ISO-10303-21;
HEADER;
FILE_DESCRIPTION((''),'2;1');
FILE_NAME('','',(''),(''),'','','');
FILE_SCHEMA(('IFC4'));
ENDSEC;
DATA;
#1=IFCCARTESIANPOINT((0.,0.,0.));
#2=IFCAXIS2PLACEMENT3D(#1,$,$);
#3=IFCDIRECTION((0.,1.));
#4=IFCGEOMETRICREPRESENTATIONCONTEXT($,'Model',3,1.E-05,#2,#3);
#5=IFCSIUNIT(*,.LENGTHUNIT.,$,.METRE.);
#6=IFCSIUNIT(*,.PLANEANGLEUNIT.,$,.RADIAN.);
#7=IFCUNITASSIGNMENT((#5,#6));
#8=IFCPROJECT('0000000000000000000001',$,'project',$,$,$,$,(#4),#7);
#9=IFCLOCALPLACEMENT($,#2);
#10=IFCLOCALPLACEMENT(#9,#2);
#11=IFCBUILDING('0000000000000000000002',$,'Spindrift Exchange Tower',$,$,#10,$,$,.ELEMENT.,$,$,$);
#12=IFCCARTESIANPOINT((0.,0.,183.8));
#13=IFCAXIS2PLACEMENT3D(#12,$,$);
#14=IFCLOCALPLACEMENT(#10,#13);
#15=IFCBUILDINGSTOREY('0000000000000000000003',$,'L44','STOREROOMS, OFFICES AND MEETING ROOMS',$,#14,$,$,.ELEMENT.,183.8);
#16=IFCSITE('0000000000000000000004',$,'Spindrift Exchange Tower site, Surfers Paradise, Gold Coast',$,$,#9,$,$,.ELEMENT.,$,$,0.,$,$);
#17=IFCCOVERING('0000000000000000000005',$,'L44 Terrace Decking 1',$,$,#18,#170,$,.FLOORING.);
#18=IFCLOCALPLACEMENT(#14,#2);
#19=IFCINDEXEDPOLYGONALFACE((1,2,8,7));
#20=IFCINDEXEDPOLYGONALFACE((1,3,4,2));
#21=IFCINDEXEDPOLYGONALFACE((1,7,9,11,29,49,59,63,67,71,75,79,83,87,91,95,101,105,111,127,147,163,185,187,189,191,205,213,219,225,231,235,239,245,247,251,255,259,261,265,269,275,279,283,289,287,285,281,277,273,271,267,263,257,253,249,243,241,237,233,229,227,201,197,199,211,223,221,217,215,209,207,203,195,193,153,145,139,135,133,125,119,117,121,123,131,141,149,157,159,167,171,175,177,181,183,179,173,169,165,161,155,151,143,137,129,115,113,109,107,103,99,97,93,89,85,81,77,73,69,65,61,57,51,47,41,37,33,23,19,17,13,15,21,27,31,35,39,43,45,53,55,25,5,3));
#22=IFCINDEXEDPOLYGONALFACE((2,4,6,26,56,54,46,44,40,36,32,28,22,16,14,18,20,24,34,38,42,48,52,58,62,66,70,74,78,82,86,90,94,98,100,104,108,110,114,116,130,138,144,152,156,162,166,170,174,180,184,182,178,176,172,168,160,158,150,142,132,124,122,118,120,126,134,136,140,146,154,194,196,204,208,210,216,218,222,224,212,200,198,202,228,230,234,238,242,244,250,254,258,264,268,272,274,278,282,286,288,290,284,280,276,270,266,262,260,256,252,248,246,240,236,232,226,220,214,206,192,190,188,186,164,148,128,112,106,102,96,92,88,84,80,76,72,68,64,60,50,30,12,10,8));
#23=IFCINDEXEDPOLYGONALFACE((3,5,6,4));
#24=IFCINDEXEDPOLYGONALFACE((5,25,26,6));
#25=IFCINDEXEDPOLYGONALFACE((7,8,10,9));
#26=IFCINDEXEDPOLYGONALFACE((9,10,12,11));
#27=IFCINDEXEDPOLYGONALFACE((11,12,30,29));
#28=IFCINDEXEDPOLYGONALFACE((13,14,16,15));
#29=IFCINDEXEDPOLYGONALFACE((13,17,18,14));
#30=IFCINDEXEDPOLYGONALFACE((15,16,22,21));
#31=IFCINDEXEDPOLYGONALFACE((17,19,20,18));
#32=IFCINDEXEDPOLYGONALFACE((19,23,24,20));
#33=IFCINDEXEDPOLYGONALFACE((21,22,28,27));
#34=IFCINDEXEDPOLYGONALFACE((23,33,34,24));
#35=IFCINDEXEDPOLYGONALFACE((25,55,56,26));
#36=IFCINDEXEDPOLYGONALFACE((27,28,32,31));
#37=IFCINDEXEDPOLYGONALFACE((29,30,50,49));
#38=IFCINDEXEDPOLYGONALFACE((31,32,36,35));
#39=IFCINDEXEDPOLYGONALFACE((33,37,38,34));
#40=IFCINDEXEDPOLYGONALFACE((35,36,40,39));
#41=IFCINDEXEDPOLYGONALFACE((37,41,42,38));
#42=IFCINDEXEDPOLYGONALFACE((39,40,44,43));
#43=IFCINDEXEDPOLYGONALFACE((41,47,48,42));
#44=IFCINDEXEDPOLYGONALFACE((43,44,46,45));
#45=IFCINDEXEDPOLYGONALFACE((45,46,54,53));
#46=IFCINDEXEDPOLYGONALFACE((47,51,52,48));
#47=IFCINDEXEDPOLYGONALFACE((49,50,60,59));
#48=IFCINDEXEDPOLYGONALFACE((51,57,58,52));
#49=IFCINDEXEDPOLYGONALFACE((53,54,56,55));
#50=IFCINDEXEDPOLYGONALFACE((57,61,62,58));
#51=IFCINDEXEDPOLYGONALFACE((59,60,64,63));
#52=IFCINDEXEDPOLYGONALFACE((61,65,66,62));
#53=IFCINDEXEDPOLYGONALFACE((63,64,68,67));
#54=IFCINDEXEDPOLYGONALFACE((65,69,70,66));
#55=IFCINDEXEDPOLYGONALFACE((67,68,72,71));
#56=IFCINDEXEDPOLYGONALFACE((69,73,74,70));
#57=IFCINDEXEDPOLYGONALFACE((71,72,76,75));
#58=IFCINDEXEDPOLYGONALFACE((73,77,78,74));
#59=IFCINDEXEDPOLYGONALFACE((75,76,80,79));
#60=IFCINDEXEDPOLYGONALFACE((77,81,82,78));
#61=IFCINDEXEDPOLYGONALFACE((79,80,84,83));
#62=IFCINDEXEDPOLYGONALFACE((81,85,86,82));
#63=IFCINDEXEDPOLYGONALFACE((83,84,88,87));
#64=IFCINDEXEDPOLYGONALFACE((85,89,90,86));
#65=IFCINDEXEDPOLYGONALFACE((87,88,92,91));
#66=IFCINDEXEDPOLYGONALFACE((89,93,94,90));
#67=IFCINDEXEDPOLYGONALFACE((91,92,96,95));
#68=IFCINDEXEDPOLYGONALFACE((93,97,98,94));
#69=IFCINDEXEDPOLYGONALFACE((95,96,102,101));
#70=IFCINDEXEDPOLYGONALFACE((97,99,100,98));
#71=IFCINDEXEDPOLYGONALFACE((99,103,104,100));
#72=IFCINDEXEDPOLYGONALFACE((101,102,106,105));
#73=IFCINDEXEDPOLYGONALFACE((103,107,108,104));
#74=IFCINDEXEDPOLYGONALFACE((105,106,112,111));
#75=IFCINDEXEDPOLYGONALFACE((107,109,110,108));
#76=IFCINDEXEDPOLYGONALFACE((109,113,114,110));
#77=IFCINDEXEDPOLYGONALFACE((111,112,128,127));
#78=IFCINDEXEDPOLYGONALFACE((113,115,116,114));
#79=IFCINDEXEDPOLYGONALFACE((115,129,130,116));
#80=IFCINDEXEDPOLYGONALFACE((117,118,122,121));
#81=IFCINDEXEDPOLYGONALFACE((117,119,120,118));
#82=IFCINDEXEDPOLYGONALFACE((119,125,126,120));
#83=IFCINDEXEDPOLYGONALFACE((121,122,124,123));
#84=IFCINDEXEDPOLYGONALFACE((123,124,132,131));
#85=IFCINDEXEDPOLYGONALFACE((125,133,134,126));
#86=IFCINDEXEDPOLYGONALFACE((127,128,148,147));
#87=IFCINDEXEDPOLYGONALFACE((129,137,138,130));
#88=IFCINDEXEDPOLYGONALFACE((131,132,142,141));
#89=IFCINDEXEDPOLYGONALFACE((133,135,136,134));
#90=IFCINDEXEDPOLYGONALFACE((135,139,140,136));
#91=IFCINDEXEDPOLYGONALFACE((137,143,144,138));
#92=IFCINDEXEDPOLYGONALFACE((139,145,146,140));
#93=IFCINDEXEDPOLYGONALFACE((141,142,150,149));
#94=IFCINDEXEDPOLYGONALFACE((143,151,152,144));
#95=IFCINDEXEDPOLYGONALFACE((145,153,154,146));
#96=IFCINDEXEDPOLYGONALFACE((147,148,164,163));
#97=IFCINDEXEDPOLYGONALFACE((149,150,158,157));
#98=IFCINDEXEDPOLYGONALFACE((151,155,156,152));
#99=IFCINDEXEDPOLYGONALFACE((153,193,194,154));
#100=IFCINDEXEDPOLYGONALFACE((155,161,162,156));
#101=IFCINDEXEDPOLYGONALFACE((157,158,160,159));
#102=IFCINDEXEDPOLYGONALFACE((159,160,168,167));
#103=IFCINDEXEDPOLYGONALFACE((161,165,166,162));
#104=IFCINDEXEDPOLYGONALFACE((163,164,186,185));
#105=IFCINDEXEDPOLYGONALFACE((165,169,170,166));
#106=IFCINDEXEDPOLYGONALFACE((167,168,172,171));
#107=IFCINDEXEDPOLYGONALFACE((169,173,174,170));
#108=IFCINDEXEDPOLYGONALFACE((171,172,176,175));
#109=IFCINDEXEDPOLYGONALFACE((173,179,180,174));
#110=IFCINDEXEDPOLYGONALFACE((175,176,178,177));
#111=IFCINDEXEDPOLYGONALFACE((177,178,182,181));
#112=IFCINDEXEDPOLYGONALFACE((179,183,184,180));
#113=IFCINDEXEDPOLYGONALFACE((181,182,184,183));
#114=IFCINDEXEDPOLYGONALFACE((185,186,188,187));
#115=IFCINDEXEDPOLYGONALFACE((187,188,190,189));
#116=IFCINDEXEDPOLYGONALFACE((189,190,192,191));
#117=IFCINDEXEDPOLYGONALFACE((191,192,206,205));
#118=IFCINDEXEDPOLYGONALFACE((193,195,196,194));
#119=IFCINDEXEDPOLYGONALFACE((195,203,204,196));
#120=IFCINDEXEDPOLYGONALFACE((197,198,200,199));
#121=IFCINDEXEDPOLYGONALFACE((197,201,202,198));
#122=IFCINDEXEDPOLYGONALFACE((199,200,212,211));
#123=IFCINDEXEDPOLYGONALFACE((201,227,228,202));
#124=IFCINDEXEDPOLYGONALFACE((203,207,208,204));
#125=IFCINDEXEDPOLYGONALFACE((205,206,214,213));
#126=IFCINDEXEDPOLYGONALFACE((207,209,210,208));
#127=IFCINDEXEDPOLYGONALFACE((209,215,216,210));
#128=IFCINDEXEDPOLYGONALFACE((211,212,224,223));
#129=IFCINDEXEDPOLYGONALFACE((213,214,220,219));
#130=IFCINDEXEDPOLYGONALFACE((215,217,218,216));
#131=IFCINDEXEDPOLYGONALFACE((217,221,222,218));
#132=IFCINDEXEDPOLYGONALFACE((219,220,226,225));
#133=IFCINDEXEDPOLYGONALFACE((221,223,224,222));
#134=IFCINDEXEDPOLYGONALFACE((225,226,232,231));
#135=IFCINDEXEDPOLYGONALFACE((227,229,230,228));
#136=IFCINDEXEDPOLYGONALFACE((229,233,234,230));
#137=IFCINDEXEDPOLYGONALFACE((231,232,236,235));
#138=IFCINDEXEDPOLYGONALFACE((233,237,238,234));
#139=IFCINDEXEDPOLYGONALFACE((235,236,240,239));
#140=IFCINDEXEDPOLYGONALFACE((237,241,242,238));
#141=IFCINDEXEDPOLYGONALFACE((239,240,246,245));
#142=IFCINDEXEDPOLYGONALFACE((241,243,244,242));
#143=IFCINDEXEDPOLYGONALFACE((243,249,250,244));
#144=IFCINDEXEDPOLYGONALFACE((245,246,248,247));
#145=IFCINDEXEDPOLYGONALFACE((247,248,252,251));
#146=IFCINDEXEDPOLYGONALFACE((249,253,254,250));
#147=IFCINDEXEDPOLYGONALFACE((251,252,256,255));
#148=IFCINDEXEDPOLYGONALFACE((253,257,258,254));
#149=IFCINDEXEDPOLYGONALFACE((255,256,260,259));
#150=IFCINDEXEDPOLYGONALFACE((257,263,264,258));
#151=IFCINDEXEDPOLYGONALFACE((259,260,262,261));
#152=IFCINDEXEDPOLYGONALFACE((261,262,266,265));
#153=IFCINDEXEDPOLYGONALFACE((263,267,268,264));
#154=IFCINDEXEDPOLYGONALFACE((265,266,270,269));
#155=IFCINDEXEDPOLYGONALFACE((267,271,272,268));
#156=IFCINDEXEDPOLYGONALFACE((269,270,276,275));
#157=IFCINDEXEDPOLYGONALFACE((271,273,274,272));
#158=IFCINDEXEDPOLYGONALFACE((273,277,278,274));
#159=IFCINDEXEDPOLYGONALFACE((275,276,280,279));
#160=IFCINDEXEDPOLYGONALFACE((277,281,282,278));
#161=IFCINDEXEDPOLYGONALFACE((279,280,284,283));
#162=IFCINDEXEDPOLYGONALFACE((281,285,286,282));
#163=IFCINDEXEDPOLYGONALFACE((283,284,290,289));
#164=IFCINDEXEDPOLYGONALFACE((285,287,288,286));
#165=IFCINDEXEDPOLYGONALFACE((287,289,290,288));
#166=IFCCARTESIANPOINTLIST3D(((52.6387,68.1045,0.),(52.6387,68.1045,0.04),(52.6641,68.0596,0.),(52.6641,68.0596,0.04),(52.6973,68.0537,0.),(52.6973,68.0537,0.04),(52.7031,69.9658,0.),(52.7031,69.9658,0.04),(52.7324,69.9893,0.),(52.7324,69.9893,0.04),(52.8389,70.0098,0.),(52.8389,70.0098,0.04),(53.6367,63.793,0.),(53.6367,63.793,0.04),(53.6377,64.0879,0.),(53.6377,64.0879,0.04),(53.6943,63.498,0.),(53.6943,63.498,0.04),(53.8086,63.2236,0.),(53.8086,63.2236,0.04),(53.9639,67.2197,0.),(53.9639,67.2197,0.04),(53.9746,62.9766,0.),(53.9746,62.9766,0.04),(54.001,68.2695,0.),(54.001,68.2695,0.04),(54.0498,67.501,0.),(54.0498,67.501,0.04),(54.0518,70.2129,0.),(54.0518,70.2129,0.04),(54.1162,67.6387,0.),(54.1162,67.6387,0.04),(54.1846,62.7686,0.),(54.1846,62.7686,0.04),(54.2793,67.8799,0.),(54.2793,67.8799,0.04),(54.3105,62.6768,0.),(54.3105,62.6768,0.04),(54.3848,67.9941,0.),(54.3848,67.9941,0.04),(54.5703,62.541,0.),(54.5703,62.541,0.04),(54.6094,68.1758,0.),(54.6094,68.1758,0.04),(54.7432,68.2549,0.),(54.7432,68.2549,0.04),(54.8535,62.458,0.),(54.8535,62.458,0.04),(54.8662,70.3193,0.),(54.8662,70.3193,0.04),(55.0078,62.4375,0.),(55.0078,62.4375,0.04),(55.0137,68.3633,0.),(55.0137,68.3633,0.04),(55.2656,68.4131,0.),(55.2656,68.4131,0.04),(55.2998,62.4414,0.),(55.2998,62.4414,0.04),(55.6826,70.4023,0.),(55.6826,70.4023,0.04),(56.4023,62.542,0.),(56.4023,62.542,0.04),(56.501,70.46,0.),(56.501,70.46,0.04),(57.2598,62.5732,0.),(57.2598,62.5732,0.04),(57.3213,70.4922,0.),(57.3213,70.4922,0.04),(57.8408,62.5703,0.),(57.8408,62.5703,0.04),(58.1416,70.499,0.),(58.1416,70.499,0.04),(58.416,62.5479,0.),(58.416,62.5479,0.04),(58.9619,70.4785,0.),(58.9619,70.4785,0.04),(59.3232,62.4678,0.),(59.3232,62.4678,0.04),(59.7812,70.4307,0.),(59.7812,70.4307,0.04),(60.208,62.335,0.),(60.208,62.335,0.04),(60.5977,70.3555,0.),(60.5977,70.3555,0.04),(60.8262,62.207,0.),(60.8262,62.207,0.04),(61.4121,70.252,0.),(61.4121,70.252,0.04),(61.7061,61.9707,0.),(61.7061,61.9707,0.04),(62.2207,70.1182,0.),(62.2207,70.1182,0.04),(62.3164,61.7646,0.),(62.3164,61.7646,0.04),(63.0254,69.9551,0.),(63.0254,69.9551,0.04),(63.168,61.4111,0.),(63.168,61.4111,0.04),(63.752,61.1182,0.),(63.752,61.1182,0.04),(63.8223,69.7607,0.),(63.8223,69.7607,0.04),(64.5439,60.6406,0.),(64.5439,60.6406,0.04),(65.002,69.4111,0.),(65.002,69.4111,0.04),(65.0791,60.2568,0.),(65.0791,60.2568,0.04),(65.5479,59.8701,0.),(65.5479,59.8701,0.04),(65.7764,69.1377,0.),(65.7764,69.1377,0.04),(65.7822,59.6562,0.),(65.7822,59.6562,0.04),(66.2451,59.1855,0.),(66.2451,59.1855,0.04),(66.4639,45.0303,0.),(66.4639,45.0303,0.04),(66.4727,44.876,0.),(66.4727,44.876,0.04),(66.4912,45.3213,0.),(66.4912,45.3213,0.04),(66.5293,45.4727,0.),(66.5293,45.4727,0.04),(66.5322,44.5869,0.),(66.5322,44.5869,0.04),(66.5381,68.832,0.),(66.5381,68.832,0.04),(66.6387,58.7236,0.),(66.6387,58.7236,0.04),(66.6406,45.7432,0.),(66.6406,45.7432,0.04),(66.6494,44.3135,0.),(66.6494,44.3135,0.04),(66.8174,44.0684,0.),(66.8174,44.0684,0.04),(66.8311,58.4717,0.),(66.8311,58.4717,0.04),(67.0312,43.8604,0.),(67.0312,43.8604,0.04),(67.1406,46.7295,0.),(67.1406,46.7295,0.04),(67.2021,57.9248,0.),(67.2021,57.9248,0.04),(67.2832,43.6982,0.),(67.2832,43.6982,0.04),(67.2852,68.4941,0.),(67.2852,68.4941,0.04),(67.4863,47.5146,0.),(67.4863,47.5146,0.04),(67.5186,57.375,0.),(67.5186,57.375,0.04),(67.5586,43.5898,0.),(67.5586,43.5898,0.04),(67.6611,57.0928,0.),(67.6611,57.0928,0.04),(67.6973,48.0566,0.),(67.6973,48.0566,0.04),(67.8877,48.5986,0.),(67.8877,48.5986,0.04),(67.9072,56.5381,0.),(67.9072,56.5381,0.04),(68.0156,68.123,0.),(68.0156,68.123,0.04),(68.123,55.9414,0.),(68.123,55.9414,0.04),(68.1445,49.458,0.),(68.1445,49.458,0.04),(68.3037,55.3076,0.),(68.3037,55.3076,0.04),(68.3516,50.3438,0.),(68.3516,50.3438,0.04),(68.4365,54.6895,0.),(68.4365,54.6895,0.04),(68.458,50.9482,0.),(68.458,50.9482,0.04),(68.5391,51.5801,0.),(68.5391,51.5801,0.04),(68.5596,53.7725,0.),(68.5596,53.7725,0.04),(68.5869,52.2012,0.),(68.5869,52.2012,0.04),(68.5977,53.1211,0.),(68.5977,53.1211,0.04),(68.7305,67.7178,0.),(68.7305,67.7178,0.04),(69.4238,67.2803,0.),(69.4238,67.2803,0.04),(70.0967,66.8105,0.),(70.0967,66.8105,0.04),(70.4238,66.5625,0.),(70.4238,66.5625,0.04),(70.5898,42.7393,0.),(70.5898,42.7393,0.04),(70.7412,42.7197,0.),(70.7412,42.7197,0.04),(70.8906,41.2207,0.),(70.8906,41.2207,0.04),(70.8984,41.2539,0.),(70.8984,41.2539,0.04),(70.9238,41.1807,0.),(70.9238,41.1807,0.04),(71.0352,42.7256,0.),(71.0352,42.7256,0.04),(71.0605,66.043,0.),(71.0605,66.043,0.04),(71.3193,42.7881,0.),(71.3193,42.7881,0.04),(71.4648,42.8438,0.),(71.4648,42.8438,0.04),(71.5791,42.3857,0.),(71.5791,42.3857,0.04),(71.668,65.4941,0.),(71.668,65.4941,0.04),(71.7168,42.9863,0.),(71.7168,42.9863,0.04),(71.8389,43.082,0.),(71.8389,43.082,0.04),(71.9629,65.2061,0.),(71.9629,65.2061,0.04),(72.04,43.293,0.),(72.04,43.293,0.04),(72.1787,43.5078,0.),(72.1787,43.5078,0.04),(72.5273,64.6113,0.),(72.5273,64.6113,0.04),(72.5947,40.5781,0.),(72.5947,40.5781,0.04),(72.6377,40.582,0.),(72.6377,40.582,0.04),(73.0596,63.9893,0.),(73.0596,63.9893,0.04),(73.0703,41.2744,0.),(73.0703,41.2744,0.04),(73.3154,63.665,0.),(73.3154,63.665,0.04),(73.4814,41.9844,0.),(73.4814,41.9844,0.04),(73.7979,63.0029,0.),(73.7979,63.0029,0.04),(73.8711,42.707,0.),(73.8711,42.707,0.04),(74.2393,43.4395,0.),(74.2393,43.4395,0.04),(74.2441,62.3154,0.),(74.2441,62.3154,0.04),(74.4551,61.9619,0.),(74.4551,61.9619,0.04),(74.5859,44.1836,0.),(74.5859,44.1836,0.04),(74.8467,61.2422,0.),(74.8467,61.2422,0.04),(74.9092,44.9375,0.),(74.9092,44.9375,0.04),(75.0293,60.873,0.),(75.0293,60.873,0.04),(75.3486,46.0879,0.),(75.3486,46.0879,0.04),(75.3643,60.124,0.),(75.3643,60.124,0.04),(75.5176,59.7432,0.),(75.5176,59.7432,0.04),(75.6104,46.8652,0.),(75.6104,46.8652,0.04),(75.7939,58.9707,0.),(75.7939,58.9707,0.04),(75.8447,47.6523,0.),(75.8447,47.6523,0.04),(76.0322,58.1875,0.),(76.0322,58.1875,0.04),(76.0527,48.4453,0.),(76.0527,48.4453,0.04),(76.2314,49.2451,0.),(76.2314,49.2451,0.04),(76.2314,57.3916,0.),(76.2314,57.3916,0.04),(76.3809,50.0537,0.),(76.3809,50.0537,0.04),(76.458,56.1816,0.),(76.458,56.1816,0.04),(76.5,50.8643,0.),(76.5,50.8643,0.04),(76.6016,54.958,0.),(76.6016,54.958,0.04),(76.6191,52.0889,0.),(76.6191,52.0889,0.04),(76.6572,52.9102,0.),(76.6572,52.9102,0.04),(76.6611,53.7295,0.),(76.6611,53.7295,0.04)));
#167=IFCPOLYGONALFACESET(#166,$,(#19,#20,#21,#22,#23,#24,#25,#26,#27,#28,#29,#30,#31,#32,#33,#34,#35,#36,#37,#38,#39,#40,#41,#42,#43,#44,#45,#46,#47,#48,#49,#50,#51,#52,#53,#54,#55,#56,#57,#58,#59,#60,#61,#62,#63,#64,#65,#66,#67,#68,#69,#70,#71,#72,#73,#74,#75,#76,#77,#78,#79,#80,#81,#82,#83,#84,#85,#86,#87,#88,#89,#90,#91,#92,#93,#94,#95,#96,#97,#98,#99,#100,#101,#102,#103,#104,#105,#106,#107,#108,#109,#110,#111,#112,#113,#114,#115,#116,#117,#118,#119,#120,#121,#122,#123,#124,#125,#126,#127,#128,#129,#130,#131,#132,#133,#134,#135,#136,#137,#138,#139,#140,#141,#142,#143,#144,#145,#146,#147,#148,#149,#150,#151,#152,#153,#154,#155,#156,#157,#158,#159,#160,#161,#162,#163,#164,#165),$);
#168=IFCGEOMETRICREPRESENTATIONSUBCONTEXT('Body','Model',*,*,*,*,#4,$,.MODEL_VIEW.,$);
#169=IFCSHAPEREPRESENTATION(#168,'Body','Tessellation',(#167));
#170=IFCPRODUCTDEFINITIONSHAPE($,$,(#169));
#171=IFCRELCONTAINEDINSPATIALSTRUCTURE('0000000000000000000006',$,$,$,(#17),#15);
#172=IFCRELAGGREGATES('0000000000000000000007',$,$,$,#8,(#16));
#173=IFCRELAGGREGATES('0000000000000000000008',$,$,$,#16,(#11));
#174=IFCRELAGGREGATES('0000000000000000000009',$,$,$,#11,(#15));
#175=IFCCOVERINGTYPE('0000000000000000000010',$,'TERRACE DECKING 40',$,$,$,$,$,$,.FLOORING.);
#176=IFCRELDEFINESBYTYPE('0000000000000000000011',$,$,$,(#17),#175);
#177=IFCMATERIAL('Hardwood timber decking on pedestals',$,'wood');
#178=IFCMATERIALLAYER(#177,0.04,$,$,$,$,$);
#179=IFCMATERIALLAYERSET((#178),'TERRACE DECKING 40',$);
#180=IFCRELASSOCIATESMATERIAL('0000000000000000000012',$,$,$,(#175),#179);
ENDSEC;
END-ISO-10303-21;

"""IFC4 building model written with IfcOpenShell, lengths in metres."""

from ifc_helpers import new_model, si_unit, direction, frame, origin, place, context, subcontext, project, spatial, line, indexed_curve, outline, extrude, material, layer, layer_set, type_object, element, save


model = new_model("IFC4")

# Units and contexts
model_context = context("Model", 3, precision=1e-05, world=origin(), true_north=direction((0.0, 1.0)))
body_context = subcontext(model_context, "Body", "Model", "MODEL_VIEW")
ifc_project = project(units=[si_unit("LENGTHUNIT", "METRE"), si_unit("PLANEANGLEUNIT", "RADIAN")], contexts=[model_context])

# Site, building, storey
site_placement = place(None, origin())
site = spatial("IfcSite", under=ifc_project, at=site_placement, Name="Spindrift Exchange Tower site, Surfers Paradise, Gold Coast", CompositionType="ELEMENT", RefElevation=0.0)
building_placement = place(site_placement, origin())
building = spatial("IfcBuilding", under=site, at=building_placement, Name="Spindrift Exchange Tower", CompositionType="ELEMENT")
storey_placement = place(building_placement, frame((0.0, 0.0, 183.8)))
storey = spatial("IfcBuildingStorey", under=building, at=storey_placement, Name="L44", Description="STOREROOMS, OFFICES AND MEETING ROOMS", CompositionType="ELEMENT", Elevation=183.8)

# Covering
ifc_material_1 = material(Name="Hardwood timber decking on pedestals", Category="wood")
ifc_layer_1 = layer(ifc_material_1, 0.04)
ifc_layer_set_1 = layer_set([ifc_layer_1], Name="TERRACE DECKING 40")
covering_type_1 = type_object("IfcCoveringType", Name="TERRACE DECKING 40", PredefinedType="FLOORING", material=ifc_layer_set_1)
covering_1_placement = place(storey_placement, origin())
element("IfcCovering", 1, at=covering_1_placement, inside=storey, type_object=covering_type_1, Name="L44 Terrace Decking 1", PredefinedType="FLOORING", context=body_context, shape_type="SweptSolid", body=[
    extrude(outline(indexed_curve([(55.2656, 68.4131), (54.001, 68.2695), (52.6973, 68.0537), (52.6641, 68.0596), (52.6387, 68.1045), (52.7031, 69.9658), (52.7324, 69.9893), (52.8389, 70.0098), (54.0518, 70.2129), (54.8662, 70.3193), (55.6826, 70.4023), (56.501, 70.46), (57.3213, 70.4922), (58.1416, 70.499), (58.9619, 70.4785), (59.7812, 70.4307), (60.5977, 70.3555), (61.4121, 70.252), (62.2207, 70.1182), (63.0254, 69.9551), (63.8223, 69.7607), (65.002, 69.4111), (65.7764, 69.1377), (66.5381, 68.832), (67.2852, 68.4941), (68.0156, 68.123), (68.7305, 67.7178), (69.4238, 67.2803), (70.0967, 66.8105), (70.4238, 66.5625), (71.0605, 66.043), (71.668, 65.4941), (71.9629, 65.2061), (72.5273, 64.6113), (73.0596, 63.9893), (73.3154, 63.665), (73.7979, 63.0029), (74.2441, 62.3154), (74.4551, 61.9619), (74.8467, 61.2422), (75.0293, 60.873), (75.3643, 60.124), (75.5176, 59.7432), (75.7939, 58.9707), (76.0322, 58.1875), (76.2314, 57.3916), (76.458, 56.1816), (76.6016, 54.958), (76.6611, 53.7295), (76.6572, 52.9102), (76.6191, 52.0889), (76.5, 50.8643), (76.3809, 50.0537), (76.2314, 49.2451), (76.0527, 48.4453), (75.8447, 47.6523), (75.6104, 46.8652), (75.3486, 46.0879), (74.9092, 44.9375), (74.5859, 44.1836), (74.2393, 43.4395), (73.8711, 42.707), (73.4814, 41.9844), (73.0703, 41.2744), (72.6377, 40.582), (72.5947, 40.5781), (70.9238, 41.1807), (70.8906, 41.2207), (70.8984, 41.2539), (71.5791, 42.3857), (72.1787, 43.5078), (72.04, 43.293), (71.8389, 43.082), (71.7168, 42.9863), (71.4648, 42.8438), (71.3193, 42.7881), (71.0352, 42.7256), (70.7412, 42.7197), (70.5898, 42.7393), (67.5586, 43.5898), (67.2832, 43.6982), (67.0312, 43.8604), (66.8174, 44.0684), (66.6494, 44.3135), (66.5322, 44.5869), (66.4727, 44.876), (66.4639, 45.0303), (66.4912, 45.3213), (66.5293, 45.4727), (66.6406, 45.7432), (67.1406, 46.7295), (67.4863, 47.5146), (67.6973, 48.0566), (67.8877, 48.5986), (68.1445, 49.458), (68.3516, 50.3438), (68.458, 50.9482), (68.5391, 51.5801), (68.5869, 52.2012), (68.5977, 53.1211), (68.5596, 53.7725), (68.4365, 54.6895), (68.3037, 55.3076), (68.123, 55.9414), (67.9072, 56.5381), (67.6611, 57.0928), (67.5186, 57.375), (67.2021, 57.9248), (66.8311, 58.4717), (66.6387, 58.7236), (66.2451, 59.1855), (65.7822, 59.6562), (65.5479, 59.8701), (65.0791, 60.2568), (64.5439, 60.6406), (63.752, 61.1182), (63.168, 61.4111), (62.3164, 61.7646), (61.7061, 61.9707), (60.8262, 62.207), (60.208, 62.335), (59.3232, 62.4678), (58.416, 62.5479), (57.8408, 62.5703), (57.2598, 62.5732), (56.4023, 62.542), (55.2998, 62.4414), (55.0078, 62.4375), (54.8535, 62.458), (54.5703, 62.541), (54.3105, 62.6768), (54.1846, 62.7686), (53.9746, 62.9766), (53.8086, 63.2236), (53.6943, 63.498), (53.6367, 63.793), (53.6377, 64.0879), (53.9639, 67.2197), (54.0498, 67.501), (54.1162, 67.6387), (54.2793, 67.8799), (54.3848, 67.9941), (54.6094, 68.1758), (54.7432, 68.2549), (55.0137, 68.3633)], segments=[line(1, 2, 3, 4, 5, 6, 7, 8, 9, 10, 11, 12, 13, 14, 15, 16, 17, 18, 19, 20, 21, 22, 23, 24, 25, 26, 27, 28, 29, 30, 31, 32, 33, 34, 35, 36, 37, 38, 39, 40, 41, 42, 43, 44, 45, 46, 47, 48, 49, 50, 51, 52, 53, 54, 55, 56, 57, 58, 59, 60, 61, 62, 63, 64, 65, 66, 67, 68, 69, 70, 71, 72, 73, 74, 75, 76, 77, 78, 79, 80, 81, 82, 83, 84, 85, 86, 87, 88, 89, 90, 91, 92, 93, 94, 95, 96, 97, 98, 99, 100, 101, 102, 103, 104, 105, 106, 107, 108, 109, 110, 111, 112, 113, 114, 115, 116, 117, 118, 119, 120, 121, 122, 123, 124, 125, 126, 127, 128, 129, 130, 131, 132, 133, 134, 135, 136, 137, 138, 139, 140, 141, 142, 143, 144, 145, 1)], self_intersect=False)), origin(), (0.0, 0.0, 1.0), 0.04),
])

save(model, "model.ifc")
